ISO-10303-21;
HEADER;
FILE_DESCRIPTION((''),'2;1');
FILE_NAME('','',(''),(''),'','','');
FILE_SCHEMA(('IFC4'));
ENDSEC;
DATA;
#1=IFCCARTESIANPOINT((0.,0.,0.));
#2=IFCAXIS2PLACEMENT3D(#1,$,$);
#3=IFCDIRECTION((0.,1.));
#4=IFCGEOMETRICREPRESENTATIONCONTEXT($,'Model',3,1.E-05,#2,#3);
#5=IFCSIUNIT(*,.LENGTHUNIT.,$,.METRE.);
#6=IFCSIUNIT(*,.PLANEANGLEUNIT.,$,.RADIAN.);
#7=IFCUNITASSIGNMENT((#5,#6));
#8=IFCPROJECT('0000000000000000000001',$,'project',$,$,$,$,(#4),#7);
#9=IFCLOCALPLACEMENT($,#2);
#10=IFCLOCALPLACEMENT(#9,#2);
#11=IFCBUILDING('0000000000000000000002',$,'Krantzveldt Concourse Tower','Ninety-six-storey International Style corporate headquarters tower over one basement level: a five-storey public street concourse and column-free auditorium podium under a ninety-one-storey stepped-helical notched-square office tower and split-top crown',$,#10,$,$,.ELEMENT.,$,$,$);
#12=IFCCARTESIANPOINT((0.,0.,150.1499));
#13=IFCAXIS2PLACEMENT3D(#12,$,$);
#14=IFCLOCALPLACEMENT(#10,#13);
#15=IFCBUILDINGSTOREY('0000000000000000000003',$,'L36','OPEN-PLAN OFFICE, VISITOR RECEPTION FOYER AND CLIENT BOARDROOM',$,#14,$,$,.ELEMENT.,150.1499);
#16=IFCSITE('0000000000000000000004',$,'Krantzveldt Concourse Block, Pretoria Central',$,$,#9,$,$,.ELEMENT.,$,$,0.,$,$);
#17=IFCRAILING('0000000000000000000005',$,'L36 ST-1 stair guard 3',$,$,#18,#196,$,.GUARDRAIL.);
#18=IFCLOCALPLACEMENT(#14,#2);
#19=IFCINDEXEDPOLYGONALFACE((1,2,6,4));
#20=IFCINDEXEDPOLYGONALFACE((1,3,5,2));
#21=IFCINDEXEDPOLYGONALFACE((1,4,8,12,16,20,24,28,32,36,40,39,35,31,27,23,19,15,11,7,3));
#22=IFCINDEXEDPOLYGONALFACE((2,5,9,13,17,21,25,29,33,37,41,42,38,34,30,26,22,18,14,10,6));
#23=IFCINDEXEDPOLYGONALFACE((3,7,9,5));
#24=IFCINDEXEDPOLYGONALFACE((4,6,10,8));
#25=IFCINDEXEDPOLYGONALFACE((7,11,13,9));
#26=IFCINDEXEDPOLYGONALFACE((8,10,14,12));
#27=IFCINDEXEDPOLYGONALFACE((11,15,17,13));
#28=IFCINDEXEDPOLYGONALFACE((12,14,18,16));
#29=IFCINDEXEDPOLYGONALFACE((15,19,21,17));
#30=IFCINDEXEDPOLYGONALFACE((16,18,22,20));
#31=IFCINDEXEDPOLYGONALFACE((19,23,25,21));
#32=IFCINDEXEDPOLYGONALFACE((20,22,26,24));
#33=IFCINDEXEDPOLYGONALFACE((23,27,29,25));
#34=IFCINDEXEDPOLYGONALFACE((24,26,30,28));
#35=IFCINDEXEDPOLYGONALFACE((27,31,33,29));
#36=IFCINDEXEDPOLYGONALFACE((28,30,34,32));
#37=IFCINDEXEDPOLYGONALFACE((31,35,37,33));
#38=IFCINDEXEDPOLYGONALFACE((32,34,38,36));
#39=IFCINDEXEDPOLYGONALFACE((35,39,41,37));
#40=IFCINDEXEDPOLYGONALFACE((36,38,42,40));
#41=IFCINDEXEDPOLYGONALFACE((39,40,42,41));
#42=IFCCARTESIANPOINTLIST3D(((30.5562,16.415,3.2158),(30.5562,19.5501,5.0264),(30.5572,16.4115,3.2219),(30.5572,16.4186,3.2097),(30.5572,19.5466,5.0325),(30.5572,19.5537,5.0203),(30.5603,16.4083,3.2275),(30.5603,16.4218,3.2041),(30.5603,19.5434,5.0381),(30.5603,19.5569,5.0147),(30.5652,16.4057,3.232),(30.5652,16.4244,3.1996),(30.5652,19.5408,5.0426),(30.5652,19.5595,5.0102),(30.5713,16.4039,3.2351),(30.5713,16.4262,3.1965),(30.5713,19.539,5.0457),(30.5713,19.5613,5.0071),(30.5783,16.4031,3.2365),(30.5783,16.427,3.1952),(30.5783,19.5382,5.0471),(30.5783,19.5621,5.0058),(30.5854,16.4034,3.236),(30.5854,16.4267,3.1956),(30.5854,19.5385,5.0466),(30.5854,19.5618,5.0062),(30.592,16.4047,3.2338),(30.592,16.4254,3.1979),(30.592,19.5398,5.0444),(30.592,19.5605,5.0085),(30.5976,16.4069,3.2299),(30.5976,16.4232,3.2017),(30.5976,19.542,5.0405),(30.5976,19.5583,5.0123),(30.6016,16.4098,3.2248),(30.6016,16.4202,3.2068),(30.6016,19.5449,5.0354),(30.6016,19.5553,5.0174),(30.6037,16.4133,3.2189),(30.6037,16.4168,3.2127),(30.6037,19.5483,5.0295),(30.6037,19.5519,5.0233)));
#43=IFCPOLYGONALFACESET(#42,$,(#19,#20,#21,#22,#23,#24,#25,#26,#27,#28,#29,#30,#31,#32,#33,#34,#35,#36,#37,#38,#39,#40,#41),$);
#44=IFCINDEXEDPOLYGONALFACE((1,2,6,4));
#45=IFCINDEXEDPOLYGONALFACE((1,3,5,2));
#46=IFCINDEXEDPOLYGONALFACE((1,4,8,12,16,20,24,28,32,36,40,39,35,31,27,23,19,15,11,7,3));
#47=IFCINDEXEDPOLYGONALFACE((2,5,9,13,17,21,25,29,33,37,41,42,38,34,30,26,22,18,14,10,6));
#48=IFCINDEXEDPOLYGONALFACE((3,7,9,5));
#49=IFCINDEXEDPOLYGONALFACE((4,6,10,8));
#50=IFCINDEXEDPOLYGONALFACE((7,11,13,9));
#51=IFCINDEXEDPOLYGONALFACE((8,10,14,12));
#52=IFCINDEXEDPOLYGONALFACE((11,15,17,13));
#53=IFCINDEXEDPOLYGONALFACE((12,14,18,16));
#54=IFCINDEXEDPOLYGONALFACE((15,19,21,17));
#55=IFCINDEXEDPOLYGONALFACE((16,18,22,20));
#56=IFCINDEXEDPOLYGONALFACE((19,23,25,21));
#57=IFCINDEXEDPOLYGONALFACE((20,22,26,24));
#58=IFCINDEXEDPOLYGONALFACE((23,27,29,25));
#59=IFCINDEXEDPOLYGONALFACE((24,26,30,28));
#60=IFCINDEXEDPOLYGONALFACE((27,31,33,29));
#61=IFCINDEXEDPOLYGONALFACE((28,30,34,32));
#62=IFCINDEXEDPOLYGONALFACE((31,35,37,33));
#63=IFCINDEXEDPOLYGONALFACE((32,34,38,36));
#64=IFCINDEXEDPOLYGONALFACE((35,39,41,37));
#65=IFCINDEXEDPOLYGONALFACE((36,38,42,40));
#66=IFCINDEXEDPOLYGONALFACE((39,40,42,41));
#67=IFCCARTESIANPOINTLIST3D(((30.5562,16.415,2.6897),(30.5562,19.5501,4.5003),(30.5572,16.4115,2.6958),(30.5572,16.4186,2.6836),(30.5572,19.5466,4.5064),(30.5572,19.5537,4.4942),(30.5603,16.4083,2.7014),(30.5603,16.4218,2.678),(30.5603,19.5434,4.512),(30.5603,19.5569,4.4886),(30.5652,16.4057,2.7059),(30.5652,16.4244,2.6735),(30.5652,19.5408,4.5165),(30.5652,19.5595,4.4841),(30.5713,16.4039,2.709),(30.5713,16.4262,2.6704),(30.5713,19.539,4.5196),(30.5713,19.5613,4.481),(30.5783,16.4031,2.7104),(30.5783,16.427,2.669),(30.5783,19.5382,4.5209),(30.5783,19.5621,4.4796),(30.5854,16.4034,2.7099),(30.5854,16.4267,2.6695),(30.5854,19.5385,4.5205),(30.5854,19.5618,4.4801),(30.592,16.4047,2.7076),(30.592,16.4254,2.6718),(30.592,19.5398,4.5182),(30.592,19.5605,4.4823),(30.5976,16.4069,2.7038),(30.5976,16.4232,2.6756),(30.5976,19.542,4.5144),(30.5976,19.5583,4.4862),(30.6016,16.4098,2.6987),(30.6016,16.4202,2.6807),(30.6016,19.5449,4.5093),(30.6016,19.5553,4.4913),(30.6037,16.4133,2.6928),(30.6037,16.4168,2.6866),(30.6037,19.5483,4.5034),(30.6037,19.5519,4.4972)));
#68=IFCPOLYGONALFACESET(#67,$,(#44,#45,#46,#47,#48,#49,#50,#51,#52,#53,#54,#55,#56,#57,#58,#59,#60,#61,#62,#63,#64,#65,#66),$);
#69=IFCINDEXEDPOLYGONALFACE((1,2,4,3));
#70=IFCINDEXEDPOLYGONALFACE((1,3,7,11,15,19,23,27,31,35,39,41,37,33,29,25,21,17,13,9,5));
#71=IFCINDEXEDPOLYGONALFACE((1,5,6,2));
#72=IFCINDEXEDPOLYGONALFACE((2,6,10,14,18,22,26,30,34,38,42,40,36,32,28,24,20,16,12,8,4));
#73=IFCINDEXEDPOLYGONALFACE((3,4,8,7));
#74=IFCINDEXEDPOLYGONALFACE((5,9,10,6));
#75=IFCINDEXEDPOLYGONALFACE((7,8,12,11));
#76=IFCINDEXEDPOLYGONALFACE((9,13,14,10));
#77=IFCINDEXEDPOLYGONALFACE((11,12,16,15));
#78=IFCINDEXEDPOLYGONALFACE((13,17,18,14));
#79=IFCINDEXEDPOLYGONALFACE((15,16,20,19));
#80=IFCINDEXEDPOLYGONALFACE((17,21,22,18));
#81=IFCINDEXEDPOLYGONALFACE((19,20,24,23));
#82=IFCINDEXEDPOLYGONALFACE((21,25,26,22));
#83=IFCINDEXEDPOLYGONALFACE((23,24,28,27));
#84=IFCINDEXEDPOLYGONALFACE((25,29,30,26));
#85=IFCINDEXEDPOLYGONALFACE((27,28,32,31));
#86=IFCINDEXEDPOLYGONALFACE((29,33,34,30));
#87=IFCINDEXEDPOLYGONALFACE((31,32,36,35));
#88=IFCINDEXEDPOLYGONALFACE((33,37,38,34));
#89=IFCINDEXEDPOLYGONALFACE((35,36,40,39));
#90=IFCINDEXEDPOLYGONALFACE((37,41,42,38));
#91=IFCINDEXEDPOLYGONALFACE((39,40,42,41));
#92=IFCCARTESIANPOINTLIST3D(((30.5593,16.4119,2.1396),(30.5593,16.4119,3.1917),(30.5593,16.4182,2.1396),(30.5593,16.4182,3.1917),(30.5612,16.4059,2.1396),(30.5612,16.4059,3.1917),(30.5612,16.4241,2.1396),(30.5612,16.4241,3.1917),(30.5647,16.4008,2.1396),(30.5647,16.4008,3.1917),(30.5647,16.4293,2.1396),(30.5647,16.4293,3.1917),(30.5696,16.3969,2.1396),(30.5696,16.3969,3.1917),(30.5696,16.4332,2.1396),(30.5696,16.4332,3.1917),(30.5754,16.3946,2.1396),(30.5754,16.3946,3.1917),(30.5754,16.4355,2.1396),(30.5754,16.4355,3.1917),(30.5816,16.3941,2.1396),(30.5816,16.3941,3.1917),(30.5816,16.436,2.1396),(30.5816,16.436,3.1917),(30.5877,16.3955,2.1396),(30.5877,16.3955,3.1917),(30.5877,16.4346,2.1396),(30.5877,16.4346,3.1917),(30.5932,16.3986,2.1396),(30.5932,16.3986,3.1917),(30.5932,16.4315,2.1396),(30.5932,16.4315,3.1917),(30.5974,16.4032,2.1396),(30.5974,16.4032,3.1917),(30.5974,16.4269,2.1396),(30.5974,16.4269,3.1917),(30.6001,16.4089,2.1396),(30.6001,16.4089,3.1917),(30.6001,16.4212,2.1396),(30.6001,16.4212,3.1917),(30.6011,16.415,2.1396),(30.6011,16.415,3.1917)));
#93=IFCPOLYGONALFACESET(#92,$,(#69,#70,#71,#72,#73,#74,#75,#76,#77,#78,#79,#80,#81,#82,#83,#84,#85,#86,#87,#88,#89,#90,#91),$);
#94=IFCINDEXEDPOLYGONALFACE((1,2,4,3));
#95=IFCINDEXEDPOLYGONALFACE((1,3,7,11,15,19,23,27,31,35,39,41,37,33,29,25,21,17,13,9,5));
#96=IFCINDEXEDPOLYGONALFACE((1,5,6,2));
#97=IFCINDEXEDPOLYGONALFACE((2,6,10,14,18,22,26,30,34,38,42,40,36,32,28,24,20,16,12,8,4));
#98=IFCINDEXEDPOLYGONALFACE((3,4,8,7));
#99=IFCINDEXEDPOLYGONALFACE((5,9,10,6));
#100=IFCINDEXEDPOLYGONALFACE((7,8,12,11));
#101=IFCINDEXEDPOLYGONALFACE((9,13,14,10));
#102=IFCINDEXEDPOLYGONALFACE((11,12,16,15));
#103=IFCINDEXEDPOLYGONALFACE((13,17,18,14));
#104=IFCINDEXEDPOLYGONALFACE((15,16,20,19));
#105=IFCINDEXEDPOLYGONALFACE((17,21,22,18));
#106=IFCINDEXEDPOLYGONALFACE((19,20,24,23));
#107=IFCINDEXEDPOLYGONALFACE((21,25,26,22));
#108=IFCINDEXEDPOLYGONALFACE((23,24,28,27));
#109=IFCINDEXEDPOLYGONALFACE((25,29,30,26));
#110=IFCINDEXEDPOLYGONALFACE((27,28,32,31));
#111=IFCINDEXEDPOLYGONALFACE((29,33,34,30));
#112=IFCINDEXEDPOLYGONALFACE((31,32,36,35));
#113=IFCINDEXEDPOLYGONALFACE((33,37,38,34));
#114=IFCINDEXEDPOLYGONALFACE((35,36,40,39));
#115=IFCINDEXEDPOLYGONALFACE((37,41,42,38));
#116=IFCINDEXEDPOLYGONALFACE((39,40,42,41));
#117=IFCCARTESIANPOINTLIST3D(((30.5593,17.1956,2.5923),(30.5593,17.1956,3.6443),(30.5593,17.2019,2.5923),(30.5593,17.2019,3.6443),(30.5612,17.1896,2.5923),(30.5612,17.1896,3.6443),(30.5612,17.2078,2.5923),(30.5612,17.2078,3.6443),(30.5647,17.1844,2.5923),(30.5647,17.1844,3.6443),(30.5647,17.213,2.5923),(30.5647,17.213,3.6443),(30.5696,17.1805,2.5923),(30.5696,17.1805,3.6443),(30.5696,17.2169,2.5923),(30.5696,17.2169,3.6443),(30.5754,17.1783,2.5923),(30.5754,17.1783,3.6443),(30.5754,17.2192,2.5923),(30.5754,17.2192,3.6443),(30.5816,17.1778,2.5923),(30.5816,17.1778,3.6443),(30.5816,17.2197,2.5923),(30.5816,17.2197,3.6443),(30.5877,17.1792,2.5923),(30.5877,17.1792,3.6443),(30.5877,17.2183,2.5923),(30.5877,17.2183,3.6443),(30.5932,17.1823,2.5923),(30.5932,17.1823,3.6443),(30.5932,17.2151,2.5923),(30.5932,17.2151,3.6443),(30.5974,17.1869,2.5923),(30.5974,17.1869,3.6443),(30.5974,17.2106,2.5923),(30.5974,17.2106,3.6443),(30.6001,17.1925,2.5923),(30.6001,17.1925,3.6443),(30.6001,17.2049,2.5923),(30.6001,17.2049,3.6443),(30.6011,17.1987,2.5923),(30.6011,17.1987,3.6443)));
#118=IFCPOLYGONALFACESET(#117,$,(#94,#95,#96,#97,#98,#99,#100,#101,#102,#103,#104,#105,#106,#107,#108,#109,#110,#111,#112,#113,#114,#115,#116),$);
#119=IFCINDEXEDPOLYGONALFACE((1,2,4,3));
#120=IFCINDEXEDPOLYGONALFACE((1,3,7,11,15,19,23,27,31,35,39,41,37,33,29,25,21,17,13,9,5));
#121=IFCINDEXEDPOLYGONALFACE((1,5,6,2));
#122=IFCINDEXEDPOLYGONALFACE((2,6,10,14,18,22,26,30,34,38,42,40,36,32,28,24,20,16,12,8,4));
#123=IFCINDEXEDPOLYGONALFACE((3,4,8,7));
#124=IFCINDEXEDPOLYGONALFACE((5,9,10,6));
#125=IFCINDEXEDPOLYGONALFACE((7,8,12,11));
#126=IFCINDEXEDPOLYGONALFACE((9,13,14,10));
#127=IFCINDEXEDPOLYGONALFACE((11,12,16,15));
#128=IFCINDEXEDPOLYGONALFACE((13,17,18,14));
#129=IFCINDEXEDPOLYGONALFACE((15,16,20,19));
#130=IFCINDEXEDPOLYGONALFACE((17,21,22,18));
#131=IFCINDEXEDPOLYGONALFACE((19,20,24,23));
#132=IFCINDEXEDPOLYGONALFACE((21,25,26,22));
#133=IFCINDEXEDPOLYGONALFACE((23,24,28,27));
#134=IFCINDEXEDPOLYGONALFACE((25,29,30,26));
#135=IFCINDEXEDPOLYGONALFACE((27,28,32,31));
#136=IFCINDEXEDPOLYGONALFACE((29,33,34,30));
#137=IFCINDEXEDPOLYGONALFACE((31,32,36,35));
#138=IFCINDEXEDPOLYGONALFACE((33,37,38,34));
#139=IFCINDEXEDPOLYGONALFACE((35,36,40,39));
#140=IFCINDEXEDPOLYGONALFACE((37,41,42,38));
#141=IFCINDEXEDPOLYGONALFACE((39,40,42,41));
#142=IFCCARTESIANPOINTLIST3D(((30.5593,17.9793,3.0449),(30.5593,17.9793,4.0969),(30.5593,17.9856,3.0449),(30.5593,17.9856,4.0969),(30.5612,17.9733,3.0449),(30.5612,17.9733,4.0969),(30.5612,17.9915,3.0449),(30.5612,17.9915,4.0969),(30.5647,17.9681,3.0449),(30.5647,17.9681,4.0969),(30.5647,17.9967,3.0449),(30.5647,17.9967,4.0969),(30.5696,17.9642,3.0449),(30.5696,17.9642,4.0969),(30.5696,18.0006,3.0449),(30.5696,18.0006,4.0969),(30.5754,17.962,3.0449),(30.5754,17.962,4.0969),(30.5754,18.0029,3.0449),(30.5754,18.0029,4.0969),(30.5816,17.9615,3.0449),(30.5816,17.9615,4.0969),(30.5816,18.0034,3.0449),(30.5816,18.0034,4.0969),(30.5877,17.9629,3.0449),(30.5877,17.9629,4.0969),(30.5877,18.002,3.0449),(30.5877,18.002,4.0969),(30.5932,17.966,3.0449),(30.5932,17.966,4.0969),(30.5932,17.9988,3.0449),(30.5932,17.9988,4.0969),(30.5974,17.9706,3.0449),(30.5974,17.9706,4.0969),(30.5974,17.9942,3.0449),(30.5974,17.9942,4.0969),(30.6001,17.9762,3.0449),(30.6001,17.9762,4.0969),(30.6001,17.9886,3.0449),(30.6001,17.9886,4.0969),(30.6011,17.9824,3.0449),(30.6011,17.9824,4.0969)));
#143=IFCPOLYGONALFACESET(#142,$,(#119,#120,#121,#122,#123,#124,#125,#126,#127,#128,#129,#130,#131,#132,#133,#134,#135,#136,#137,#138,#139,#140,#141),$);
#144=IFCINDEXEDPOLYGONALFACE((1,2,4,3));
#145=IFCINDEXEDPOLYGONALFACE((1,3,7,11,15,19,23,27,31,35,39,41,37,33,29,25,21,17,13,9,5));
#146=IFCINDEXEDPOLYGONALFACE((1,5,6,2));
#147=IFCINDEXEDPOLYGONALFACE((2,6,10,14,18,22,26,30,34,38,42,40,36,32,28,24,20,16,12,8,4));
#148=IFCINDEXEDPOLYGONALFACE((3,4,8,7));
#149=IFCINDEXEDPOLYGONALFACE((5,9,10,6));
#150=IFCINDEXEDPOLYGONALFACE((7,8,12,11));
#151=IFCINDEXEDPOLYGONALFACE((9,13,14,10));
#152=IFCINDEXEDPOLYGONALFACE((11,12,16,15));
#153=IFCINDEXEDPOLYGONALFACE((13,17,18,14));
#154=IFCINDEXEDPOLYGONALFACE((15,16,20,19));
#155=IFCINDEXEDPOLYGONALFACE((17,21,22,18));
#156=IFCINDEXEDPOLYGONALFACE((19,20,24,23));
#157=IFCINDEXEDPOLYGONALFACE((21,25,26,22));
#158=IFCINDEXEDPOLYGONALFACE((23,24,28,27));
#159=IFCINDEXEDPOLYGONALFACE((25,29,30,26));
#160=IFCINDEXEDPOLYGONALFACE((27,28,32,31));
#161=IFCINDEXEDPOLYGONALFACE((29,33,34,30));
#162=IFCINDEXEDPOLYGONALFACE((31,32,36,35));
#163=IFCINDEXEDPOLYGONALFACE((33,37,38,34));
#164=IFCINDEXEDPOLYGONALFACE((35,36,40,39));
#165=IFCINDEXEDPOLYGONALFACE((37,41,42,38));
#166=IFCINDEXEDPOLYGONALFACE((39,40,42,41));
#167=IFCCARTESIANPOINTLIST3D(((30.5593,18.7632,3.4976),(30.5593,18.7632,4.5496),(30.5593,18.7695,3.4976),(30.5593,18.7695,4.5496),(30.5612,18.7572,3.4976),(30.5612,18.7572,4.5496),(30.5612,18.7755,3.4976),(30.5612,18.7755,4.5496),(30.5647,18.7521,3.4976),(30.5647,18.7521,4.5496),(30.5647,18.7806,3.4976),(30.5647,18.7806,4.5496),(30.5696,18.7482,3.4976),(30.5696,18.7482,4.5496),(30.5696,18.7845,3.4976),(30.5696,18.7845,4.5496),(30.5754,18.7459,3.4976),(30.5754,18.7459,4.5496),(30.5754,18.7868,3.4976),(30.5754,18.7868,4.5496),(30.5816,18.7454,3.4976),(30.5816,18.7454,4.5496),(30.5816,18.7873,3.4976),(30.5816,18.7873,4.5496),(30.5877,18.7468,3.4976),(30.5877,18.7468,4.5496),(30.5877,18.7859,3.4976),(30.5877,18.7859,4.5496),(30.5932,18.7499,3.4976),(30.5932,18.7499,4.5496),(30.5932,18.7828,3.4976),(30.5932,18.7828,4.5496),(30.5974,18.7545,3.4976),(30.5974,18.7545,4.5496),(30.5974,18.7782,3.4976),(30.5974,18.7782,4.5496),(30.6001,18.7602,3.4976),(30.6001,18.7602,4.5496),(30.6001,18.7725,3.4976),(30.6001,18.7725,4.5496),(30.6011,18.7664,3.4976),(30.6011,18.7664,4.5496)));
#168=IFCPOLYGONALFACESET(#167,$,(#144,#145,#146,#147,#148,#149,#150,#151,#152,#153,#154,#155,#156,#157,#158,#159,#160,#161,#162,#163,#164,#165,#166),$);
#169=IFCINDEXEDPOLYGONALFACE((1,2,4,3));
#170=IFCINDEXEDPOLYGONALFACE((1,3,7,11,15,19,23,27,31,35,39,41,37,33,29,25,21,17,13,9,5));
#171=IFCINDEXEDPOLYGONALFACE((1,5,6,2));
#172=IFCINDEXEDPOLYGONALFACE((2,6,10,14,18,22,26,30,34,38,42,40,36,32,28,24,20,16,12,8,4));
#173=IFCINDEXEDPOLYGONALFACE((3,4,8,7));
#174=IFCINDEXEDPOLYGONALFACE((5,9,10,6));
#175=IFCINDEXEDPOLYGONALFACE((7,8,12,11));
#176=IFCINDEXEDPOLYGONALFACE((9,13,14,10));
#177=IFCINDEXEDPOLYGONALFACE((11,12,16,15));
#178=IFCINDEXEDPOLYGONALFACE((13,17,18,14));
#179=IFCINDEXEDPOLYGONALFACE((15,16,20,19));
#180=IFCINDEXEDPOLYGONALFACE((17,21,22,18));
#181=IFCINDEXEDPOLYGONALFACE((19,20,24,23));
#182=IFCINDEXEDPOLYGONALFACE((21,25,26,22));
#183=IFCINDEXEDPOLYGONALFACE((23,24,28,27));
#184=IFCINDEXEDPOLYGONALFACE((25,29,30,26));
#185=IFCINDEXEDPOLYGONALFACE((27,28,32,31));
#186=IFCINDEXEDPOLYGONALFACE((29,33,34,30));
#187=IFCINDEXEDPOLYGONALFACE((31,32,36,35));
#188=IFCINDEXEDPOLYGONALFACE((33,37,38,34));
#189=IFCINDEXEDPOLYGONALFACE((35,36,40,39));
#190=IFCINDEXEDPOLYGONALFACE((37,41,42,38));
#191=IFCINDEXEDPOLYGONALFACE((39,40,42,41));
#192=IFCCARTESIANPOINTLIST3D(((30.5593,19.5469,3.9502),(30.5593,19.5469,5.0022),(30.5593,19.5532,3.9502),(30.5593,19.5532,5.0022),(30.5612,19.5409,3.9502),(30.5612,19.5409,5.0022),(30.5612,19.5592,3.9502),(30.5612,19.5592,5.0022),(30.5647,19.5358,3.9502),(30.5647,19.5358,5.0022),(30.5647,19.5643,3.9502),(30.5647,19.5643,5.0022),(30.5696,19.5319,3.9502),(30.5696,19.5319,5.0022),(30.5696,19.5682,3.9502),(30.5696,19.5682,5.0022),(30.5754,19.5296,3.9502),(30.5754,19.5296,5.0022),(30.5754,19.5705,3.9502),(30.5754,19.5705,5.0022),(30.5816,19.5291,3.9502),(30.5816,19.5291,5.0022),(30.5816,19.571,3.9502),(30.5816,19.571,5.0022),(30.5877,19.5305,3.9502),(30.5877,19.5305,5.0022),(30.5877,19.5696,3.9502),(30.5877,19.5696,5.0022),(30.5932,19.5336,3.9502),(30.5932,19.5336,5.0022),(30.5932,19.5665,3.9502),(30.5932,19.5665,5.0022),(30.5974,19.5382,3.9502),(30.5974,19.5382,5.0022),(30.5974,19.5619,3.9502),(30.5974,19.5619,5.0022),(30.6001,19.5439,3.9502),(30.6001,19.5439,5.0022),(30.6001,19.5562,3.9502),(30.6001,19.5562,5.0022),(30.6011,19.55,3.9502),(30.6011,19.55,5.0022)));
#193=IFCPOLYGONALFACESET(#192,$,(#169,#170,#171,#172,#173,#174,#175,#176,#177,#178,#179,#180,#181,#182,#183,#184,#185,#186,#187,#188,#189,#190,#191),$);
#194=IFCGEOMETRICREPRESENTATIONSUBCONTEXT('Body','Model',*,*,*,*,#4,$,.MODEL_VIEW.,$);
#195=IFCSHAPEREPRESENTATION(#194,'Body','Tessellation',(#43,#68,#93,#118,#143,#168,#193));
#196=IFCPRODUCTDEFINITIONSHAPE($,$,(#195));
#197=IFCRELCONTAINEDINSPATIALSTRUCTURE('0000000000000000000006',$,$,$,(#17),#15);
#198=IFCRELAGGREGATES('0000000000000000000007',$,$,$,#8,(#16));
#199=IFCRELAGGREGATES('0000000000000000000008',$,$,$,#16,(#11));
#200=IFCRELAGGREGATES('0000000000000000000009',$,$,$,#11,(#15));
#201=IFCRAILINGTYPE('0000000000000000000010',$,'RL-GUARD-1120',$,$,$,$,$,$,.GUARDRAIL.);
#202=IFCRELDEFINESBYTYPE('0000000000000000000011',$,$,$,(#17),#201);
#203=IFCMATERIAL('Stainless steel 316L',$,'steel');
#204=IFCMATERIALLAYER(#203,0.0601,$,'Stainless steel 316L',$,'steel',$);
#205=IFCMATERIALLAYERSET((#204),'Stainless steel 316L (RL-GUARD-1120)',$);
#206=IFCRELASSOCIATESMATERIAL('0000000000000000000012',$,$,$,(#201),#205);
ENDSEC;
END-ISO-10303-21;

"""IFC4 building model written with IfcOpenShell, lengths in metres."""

from ifc_helpers import new_model, si_unit, direction, frame, origin, origin_2d, place, context, subcontext, project, spatial, circle, extrude, material, layer, layer_set, type_object, element, save


model = new_model("IFC4")

# Units and contexts
model_context = context("Model", 3, precision=1e-05, world=origin(), true_north=direction((0.0, 1.0)))
body_context = subcontext(model_context, "Body", "Model", "MODEL_VIEW")
ifc_project = project(units=[si_unit("LENGTHUNIT", "METRE"), si_unit("PLANEANGLEUNIT", "RADIAN")], contexts=[model_context])

# Site, building, storey
site_placement = place(None, origin())
site = spatial("IfcSite", under=ifc_project, at=site_placement, Name="Krantzveldt Concourse Block, Pretoria Central", CompositionType="ELEMENT", RefElevation=0.0)
building_placement = place(site_placement, origin())
building = spatial("IfcBuilding", under=site, at=building_placement, Name="Krantzveldt Concourse Tower", Description="Ninety-six-storey International Style corporate headquarters tower over one basement level: a five-storey public street concourse and column-free auditorium podium under a ninety-one-storey stepped-helical notched-square office tower and split-top crown", CompositionType="ELEMENT")
storey_placement = place(building_placement, frame((0.0, 0.0, 150.1499)))
storey = spatial("IfcBuildingStorey", under=building, at=storey_placement, Name="L36", Description="OPEN-PLAN OFFICE, VISITOR RECEPTION FOYER AND CLIENT BOARDROOM", CompositionType="ELEMENT", Elevation=150.1499)

# Shared definitions
ifc_material_1 = material(Name="Stainless steel 316L", Category="steel")

# Railing
ifc_layer_1 = layer(ifc_material_1, 0.0601, Name="Stainless steel 316L", Category="steel")
ifc_layer_set_1 = layer_set([ifc_layer_1], Name="Stainless steel 316L (RL-GUARD-1120)")
railing_type_1 = type_object("IfcRailingType", Name="RL-GUARD-1120", PredefinedType="GUARDRAIL", material=ifc_layer_set_1)
railing_1_placement = place(storey_placement, frame((30.5801, 16.415, 2.1396)))
element("IfcRailing", 1, at=railing_1_placement, inside=storey, type_object=railing_type_1, Name="L36 ST-1 stair guard 3", PredefinedType="GUARDRAIL", context=body_context, shape_type="SweptSolid", body=[
    extrude(circle(Radius=0.0239, at=origin_2d()), frame((0.0, 0.0, 1.0762), z_axis=(0.0, 0.86596, 0.500114), x_axis=(-1.0, 0.0, 0.0)), (0.0, 0.0, 1.0), 3.6204),
    extrude(circle(Radius=0.0239, at=origin_2d()), frame((0.0, 0.0, 0.55), z_axis=(0.0, 0.86596, 0.500114), x_axis=(-1.0, 0.0, 0.0)), (0.0, 0.0, 1.0), 3.6204),
    extrude(circle(Radius=0.021, at=origin_2d()), origin(), (0.0, 0.0, 1.0), 1.052),
    extrude(circle(Radius=0.021, at=origin_2d()), frame((0.0, 0.7837, 0.4526)), (0.0, 0.0, 1.0), 1.052),
    extrude(circle(Radius=0.021, at=origin_2d()), frame((0.0, 1.5674, 0.9053)), (0.0, 0.0, 1.0), 1.052),
    extrude(circle(Radius=0.021, at=origin_2d()), frame((0.0, 2.3513, 1.3579)), (0.0, 0.0, 1.0), 1.052),
    extrude(circle(Radius=0.021, at=origin_2d()), frame((0.0, 3.135, 1.8105)), (0.0, 0.0, 1.0), 1.052),
])

save(model, "model.ifc")
